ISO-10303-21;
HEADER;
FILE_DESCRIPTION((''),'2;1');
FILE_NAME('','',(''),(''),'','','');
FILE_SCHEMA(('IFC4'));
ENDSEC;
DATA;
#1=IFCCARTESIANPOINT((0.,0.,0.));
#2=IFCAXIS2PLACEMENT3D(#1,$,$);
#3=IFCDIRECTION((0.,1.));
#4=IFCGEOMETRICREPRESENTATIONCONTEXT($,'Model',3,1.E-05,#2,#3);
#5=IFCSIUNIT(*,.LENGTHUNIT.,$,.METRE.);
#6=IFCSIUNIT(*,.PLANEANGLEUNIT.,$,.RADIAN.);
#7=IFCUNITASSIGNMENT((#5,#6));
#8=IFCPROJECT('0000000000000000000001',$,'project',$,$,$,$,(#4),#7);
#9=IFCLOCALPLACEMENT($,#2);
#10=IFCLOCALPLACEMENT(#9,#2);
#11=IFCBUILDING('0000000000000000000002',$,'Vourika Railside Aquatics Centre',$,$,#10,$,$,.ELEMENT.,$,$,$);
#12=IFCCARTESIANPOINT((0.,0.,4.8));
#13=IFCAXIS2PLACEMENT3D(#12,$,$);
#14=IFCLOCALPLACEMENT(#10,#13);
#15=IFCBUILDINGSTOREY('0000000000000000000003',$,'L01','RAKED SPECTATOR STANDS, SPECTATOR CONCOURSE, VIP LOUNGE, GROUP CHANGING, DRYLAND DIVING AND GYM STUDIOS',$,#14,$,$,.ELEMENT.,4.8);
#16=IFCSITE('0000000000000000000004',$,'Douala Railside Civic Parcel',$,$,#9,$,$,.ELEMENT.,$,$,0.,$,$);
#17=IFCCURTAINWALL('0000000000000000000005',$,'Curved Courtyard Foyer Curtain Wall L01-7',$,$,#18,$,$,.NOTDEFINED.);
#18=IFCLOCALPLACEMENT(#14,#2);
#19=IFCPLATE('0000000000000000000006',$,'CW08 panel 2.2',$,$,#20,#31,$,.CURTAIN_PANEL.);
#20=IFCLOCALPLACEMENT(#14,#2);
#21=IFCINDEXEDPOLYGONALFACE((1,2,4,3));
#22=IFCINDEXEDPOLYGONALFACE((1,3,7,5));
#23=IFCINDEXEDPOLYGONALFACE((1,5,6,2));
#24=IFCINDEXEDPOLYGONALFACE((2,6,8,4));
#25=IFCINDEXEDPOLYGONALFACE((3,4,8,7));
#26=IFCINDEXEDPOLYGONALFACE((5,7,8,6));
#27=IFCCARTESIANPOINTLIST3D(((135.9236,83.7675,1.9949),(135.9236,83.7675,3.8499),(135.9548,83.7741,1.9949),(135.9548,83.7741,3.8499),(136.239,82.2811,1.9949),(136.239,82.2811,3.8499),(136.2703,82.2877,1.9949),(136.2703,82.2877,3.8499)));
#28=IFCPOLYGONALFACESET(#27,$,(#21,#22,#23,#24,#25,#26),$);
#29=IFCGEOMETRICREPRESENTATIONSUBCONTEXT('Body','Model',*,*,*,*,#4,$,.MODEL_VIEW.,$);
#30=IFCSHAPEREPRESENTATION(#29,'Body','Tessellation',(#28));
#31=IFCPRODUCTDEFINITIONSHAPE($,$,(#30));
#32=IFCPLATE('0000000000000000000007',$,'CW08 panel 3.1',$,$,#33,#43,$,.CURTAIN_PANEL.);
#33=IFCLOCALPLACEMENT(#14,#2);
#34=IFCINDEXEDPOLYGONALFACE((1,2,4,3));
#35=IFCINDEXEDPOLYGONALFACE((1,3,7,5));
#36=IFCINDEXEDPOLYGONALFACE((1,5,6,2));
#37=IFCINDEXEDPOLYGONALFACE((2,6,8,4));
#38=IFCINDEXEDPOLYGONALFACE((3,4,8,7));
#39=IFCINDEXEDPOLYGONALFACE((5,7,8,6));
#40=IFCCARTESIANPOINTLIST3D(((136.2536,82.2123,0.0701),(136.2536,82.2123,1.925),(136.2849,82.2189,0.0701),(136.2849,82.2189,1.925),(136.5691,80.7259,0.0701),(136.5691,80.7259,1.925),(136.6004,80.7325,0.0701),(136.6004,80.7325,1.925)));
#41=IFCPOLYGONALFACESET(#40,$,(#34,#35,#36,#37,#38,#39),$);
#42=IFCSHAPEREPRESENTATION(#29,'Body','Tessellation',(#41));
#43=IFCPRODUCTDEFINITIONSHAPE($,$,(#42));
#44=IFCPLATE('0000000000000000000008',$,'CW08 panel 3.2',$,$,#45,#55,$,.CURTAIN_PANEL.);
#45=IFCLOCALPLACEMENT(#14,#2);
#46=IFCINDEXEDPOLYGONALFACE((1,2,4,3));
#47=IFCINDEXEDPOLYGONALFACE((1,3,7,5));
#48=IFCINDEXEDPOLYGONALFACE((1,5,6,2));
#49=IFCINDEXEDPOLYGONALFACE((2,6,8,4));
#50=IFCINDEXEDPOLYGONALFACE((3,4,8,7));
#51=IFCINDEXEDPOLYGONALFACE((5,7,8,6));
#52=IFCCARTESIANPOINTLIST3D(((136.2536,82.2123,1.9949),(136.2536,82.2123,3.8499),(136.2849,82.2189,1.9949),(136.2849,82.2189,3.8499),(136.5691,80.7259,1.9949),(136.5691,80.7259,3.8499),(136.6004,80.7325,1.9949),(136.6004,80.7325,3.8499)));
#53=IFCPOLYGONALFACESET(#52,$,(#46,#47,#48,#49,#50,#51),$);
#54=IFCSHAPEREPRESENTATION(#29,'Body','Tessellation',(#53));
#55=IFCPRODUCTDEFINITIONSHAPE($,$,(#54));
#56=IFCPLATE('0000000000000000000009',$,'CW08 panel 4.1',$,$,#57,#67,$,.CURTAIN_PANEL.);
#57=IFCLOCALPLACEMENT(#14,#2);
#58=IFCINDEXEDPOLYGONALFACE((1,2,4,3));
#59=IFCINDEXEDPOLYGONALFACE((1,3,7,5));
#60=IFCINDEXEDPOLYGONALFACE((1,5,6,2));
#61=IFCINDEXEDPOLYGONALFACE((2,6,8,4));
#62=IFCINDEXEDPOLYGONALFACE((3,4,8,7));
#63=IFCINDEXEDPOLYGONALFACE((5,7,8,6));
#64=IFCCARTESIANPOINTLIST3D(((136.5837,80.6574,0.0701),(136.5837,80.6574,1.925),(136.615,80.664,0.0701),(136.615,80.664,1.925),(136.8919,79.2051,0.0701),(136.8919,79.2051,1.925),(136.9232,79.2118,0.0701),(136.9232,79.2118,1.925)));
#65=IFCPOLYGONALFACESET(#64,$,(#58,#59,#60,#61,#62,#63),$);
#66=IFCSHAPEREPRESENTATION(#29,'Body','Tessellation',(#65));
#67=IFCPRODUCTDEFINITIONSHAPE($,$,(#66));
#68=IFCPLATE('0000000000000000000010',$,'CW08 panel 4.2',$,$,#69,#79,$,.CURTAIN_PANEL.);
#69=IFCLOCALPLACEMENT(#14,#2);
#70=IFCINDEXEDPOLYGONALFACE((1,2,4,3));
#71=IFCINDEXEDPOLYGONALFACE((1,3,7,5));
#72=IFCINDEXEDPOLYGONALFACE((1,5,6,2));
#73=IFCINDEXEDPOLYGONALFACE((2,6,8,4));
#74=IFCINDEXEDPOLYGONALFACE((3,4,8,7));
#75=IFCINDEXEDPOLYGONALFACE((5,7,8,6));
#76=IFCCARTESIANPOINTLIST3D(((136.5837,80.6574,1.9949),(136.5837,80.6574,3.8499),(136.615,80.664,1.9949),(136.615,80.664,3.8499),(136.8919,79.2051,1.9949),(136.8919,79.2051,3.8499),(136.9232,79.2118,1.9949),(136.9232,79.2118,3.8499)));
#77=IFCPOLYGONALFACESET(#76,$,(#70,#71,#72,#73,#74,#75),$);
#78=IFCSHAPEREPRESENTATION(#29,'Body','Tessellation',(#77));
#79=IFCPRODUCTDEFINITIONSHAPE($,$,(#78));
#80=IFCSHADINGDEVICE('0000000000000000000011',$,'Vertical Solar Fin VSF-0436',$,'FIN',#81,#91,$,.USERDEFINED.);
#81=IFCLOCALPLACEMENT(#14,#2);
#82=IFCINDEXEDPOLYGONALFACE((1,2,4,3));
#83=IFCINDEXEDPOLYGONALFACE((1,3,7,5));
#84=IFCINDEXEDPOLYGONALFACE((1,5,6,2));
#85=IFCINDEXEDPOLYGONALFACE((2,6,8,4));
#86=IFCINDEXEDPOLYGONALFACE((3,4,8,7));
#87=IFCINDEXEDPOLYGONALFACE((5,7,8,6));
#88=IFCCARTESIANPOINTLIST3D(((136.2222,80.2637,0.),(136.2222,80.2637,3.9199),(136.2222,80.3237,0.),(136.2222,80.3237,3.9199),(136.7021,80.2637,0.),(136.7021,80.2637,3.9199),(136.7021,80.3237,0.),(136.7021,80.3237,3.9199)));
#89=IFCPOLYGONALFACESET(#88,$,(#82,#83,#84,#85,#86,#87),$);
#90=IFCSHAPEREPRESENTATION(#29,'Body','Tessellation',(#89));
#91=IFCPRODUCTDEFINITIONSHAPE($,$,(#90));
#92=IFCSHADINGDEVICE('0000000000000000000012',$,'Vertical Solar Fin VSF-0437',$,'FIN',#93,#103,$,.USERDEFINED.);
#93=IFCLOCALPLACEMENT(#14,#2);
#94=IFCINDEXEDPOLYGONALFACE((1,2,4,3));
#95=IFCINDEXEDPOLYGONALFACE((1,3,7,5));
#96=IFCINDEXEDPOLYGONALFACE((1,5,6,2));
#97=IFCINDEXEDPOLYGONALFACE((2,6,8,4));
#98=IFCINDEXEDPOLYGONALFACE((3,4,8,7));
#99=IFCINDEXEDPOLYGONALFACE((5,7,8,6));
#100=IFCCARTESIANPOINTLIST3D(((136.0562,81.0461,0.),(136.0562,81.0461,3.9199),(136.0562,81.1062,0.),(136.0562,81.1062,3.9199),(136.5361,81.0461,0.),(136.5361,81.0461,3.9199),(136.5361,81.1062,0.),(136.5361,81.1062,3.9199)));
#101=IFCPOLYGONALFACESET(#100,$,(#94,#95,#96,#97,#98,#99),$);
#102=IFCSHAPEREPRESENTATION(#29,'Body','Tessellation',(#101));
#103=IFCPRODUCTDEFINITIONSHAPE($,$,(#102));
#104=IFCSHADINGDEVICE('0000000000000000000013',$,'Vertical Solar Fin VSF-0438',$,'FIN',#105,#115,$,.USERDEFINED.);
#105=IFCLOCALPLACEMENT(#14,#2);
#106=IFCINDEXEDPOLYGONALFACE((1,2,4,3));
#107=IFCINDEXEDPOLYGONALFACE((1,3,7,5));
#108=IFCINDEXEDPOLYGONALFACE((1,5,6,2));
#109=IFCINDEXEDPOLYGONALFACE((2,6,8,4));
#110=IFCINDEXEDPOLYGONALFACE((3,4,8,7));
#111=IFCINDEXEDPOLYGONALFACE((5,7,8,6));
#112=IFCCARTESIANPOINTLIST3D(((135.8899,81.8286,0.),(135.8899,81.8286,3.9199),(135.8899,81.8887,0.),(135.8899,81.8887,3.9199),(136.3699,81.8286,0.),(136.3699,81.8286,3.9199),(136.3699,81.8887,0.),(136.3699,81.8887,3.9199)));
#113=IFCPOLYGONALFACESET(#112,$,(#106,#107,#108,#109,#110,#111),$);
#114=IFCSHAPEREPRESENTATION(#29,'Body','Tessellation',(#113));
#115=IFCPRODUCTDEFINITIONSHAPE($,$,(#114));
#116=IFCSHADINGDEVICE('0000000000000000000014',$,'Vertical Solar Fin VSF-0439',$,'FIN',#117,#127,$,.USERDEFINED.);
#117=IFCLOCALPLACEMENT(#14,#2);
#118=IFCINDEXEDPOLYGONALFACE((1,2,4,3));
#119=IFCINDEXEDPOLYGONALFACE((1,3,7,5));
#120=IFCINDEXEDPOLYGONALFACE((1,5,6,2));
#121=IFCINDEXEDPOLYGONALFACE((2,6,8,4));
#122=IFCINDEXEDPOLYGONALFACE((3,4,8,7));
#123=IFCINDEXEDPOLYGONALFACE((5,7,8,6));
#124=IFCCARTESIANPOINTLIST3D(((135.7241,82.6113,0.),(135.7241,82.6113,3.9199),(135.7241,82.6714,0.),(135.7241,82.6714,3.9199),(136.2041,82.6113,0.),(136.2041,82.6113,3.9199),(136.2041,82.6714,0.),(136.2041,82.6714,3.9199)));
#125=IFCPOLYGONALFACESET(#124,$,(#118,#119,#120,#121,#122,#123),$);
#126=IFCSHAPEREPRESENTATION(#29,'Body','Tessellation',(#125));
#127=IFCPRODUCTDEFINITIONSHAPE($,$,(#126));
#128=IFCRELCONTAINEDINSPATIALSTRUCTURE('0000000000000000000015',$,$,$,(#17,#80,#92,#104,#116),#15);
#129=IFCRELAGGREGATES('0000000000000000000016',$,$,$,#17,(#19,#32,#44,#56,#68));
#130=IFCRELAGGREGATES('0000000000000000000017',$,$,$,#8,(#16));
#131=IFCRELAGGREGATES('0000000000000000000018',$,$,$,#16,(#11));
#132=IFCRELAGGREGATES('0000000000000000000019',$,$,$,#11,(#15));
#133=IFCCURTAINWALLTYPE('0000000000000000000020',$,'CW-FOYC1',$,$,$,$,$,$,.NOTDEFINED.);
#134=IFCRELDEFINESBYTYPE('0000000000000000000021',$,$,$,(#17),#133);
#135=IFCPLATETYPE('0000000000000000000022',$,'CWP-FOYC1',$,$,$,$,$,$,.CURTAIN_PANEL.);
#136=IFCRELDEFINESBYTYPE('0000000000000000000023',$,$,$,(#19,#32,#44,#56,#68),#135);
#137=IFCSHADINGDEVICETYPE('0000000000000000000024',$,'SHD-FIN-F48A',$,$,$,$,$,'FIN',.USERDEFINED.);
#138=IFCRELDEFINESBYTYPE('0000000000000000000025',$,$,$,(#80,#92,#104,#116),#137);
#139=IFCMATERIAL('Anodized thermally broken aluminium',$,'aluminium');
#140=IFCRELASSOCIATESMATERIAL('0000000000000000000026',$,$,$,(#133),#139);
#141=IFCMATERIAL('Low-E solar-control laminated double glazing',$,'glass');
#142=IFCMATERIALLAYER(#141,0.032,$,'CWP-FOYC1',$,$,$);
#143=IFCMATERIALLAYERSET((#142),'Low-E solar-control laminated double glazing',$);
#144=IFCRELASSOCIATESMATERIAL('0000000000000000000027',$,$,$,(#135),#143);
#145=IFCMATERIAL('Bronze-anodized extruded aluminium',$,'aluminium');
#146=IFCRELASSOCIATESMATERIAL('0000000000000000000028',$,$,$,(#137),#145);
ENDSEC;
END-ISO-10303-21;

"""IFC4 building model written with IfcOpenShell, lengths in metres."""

from ifc_helpers import new_model, si_unit, direction, frame, origin, origin_2d, place, context, subcontext, project, spatial, rectangle, extrude, material, layer, layer_set, material_profile, profile_set, type_object, element, aggregate, save


model = new_model("IFC4")

# Units and contexts
model_context = context("Model", 3, precision=1e-05, world=origin(), true_north=direction((0.0, 1.0)))
body_context = subcontext(model_context, "Body", "Model", "MODEL_VIEW")
ifc_project = project(units=[si_unit("LENGTHUNIT", "METRE"), si_unit("PLANEANGLEUNIT", "RADIAN")], contexts=[model_context])

# Site, building, storey
site_placement = place(None, origin())
site = spatial("IfcSite", under=ifc_project, at=site_placement, Name="Douala Railside Civic Parcel", CompositionType="ELEMENT", RefElevation=0.0)
building_placement = place(site_placement, origin())
building = spatial("IfcBuilding", under=site, at=building_placement, Name="Vourika Railside Aquatics Centre", CompositionType="ELEMENT")
storey_placement = place(building_placement, frame((0.0, 0.0, 4.8)))
storey = spatial("IfcBuildingStorey", under=building, at=storey_placement, Name="L01", Description="RAKED SPECTATOR STANDS, SPECTATOR CONCOURSE, VIP LOUNGE, GROUP CHANGING, DRYLAND DIVING AND GYM STUDIOS", CompositionType="ELEMENT", Elevation=4.8)

# Shared definitions
ifc_material_1 = material(Name="Anodized thermally broken aluminium", Category="aluminium")
curtain_wall_type = type_object("IfcCurtainWallType", Name="CW-FOYC1", PredefinedType="NOTDEFINED", material=ifc_material_1)

# Curtain wall
curtain_wall_1_placement = place(storey_placement, origin())
curtain_wall_1 = element("IfcCurtainWall", 1, at=curtain_wall_1_placement, inside=storey, type_object=curtain_wall_type, Name="Curved Courtyard Foyer Curtain Wall L01-7", PredefinedType="NOTDEFINED")

# Plates
ifc_material_2 = material(Name="Low-E solar-control laminated double glazing", Category="glass")
ifc_layer = layer(ifc_material_2, 0.032, Name="CWP-FOYC1")
ifc_layer_set = layer_set([ifc_layer], Name="Low-E solar-control laminated double glazing")
plate_type = type_object("IfcPlateType", Name="CWP-FOYC1", PredefinedType="CURTAIN_PANEL", material=ifc_layer_set)
plate_1_placement = place(storey_placement, frame((136.0969, 83.0276, 1.9949), z_axis=(0.0, 0.0, 1.0), x_axis=(0.207595, -0.978215, 0.0)))
plate_1 = element("IfcPlate", 2, at=plate_1_placement, type_object=plate_type, Name="CW08 panel 2.2", PredefinedType="CURTAIN_PANEL", context=body_context, shape_type="SweptSolid", body=[
    extrude(rectangle(XDim=1.5195, YDim=0.032, at=origin_2d()), origin(), (0.0, 0.0, 1.0), 1.855),
])
plate_2_placement = place(storey_placement, frame((136.427, 81.4724, 0.0701), z_axis=(0.0, 0.0, 1.0), x_axis=(0.207595, -0.978215, 0.0)))
plate_2 = element("IfcPlate", 3, at=plate_2_placement, type_object=plate_type, Name="CW08 panel 3.1", PredefinedType="CURTAIN_PANEL", context=body_context, shape_type="SweptSolid", body=[
    extrude(rectangle(XDim=1.5195, YDim=0.032, at=origin_2d()), origin(), (0.0, 0.0, 1.0), 1.855),
])
plate_3_placement = place(storey_placement, frame((136.427, 81.4724, 1.9949), z_axis=(0.0, 0.0, 1.0), x_axis=(0.207595, -0.978215, 0.0)))
plate_3 = element("IfcPlate", 4, at=plate_3_placement, type_object=plate_type, Name="CW08 panel 3.2", PredefinedType="CURTAIN_PANEL", context=body_context, shape_type="SweptSolid", body=[
    extrude(rectangle(XDim=1.5195, YDim=0.032, at=origin_2d()), origin(), (0.0, 0.0, 1.0), 1.855),
])
plate_4_placement = place(storey_placement, frame((136.7534, 79.9346, 0.0701), z_axis=(0.0, 0.0, 1.0), x_axis=(0.207595, -0.978215, 0.0)))
plate_4 = element("IfcPlate", 5, at=plate_4_placement, type_object=plate_type, Name="CW08 panel 4.1", PredefinedType="CURTAIN_PANEL", context=body_context, shape_type="SweptSolid", body=[
    extrude(rectangle(XDim=1.4846, YDim=0.032, at=origin_2d()), origin(), (0.0, 0.0, 1.0), 1.855),
])
plate_5_placement = place(storey_placement, frame((136.7534, 79.9346, 1.9949), z_axis=(0.0, 0.0, 1.0), x_axis=(0.207595, -0.978215, 0.0)))
plate_5 = element("IfcPlate", 6, at=plate_5_placement, type_object=plate_type, Name="CW08 panel 4.2", PredefinedType="CURTAIN_PANEL", context=body_context, shape_type="SweptSolid", body=[
    extrude(rectangle(XDim=1.4846, YDim=0.032, at=origin_2d()), origin(), (0.0, 0.0, 1.0), 1.855),
])
aggregate(curtain_wall_1, [plate_1, plate_2, plate_3, plate_4, plate_5])

# Shading devices
ifc_material_3 = material(Name="Bronze-anodized extruded aluminium", Category="aluminium")
ifc_material_profile_1 = material_profile(ifc_material_3, rectangle(XDim=0.0601, YDim=0.48, at=origin_2d()), Name="ALU-FIN 60x480")
ifc_profile_set_1 = profile_set([ifc_material_profile_1], Name="Bronze-anodized extruded aluminium")
shading_device_type = type_object("IfcShadingDeviceType", Name="SHD-FIN-F48A", ElementType="FIN", PredefinedType="USERDEFINED", material=ifc_profile_set_1)
for number, where, z_axis, x_axis, name in (
    (7, (136.4622, 80.2937, 0.0), (0.0, 0.0, 1.0), (0.0, 1.0, 0.0), "Vertical Solar Fin VSF-0436"),
    (8, (136.2961, 81.0762, 0.0), (0.0, 0.0, 1.0), (0.0, 1.0, 0.0), "Vertical Solar Fin VSF-0437"),
    (9, (136.1299, 81.8586, 0.0), (0.0, 0.0, 1.0), (0.0, 1.0, 0.0), "Vertical Solar Fin VSF-0438"),
    (10, (135.9641, 82.6414, 0.0), (0.0, 0.0, 1.0), (0.0, 1.0, 0.0), "Vertical Solar Fin VSF-0439"),
):
    element("IfcShadingDevice", number, at=place(storey_placement, frame(where, z_axis=z_axis, x_axis=x_axis)), inside=storey, type_object=shading_device_type, Name=name, ObjectType="FIN", PredefinedType="USERDEFINED", context=body_context, shape_type="SweptSolid", body=[
        extrude(rectangle(XDim=0.0601, YDim=0.48, at=origin_2d()), origin(), (0.0, 0.0, 1.0), 3.9199),
    ])

save(model, "model.ifc")
